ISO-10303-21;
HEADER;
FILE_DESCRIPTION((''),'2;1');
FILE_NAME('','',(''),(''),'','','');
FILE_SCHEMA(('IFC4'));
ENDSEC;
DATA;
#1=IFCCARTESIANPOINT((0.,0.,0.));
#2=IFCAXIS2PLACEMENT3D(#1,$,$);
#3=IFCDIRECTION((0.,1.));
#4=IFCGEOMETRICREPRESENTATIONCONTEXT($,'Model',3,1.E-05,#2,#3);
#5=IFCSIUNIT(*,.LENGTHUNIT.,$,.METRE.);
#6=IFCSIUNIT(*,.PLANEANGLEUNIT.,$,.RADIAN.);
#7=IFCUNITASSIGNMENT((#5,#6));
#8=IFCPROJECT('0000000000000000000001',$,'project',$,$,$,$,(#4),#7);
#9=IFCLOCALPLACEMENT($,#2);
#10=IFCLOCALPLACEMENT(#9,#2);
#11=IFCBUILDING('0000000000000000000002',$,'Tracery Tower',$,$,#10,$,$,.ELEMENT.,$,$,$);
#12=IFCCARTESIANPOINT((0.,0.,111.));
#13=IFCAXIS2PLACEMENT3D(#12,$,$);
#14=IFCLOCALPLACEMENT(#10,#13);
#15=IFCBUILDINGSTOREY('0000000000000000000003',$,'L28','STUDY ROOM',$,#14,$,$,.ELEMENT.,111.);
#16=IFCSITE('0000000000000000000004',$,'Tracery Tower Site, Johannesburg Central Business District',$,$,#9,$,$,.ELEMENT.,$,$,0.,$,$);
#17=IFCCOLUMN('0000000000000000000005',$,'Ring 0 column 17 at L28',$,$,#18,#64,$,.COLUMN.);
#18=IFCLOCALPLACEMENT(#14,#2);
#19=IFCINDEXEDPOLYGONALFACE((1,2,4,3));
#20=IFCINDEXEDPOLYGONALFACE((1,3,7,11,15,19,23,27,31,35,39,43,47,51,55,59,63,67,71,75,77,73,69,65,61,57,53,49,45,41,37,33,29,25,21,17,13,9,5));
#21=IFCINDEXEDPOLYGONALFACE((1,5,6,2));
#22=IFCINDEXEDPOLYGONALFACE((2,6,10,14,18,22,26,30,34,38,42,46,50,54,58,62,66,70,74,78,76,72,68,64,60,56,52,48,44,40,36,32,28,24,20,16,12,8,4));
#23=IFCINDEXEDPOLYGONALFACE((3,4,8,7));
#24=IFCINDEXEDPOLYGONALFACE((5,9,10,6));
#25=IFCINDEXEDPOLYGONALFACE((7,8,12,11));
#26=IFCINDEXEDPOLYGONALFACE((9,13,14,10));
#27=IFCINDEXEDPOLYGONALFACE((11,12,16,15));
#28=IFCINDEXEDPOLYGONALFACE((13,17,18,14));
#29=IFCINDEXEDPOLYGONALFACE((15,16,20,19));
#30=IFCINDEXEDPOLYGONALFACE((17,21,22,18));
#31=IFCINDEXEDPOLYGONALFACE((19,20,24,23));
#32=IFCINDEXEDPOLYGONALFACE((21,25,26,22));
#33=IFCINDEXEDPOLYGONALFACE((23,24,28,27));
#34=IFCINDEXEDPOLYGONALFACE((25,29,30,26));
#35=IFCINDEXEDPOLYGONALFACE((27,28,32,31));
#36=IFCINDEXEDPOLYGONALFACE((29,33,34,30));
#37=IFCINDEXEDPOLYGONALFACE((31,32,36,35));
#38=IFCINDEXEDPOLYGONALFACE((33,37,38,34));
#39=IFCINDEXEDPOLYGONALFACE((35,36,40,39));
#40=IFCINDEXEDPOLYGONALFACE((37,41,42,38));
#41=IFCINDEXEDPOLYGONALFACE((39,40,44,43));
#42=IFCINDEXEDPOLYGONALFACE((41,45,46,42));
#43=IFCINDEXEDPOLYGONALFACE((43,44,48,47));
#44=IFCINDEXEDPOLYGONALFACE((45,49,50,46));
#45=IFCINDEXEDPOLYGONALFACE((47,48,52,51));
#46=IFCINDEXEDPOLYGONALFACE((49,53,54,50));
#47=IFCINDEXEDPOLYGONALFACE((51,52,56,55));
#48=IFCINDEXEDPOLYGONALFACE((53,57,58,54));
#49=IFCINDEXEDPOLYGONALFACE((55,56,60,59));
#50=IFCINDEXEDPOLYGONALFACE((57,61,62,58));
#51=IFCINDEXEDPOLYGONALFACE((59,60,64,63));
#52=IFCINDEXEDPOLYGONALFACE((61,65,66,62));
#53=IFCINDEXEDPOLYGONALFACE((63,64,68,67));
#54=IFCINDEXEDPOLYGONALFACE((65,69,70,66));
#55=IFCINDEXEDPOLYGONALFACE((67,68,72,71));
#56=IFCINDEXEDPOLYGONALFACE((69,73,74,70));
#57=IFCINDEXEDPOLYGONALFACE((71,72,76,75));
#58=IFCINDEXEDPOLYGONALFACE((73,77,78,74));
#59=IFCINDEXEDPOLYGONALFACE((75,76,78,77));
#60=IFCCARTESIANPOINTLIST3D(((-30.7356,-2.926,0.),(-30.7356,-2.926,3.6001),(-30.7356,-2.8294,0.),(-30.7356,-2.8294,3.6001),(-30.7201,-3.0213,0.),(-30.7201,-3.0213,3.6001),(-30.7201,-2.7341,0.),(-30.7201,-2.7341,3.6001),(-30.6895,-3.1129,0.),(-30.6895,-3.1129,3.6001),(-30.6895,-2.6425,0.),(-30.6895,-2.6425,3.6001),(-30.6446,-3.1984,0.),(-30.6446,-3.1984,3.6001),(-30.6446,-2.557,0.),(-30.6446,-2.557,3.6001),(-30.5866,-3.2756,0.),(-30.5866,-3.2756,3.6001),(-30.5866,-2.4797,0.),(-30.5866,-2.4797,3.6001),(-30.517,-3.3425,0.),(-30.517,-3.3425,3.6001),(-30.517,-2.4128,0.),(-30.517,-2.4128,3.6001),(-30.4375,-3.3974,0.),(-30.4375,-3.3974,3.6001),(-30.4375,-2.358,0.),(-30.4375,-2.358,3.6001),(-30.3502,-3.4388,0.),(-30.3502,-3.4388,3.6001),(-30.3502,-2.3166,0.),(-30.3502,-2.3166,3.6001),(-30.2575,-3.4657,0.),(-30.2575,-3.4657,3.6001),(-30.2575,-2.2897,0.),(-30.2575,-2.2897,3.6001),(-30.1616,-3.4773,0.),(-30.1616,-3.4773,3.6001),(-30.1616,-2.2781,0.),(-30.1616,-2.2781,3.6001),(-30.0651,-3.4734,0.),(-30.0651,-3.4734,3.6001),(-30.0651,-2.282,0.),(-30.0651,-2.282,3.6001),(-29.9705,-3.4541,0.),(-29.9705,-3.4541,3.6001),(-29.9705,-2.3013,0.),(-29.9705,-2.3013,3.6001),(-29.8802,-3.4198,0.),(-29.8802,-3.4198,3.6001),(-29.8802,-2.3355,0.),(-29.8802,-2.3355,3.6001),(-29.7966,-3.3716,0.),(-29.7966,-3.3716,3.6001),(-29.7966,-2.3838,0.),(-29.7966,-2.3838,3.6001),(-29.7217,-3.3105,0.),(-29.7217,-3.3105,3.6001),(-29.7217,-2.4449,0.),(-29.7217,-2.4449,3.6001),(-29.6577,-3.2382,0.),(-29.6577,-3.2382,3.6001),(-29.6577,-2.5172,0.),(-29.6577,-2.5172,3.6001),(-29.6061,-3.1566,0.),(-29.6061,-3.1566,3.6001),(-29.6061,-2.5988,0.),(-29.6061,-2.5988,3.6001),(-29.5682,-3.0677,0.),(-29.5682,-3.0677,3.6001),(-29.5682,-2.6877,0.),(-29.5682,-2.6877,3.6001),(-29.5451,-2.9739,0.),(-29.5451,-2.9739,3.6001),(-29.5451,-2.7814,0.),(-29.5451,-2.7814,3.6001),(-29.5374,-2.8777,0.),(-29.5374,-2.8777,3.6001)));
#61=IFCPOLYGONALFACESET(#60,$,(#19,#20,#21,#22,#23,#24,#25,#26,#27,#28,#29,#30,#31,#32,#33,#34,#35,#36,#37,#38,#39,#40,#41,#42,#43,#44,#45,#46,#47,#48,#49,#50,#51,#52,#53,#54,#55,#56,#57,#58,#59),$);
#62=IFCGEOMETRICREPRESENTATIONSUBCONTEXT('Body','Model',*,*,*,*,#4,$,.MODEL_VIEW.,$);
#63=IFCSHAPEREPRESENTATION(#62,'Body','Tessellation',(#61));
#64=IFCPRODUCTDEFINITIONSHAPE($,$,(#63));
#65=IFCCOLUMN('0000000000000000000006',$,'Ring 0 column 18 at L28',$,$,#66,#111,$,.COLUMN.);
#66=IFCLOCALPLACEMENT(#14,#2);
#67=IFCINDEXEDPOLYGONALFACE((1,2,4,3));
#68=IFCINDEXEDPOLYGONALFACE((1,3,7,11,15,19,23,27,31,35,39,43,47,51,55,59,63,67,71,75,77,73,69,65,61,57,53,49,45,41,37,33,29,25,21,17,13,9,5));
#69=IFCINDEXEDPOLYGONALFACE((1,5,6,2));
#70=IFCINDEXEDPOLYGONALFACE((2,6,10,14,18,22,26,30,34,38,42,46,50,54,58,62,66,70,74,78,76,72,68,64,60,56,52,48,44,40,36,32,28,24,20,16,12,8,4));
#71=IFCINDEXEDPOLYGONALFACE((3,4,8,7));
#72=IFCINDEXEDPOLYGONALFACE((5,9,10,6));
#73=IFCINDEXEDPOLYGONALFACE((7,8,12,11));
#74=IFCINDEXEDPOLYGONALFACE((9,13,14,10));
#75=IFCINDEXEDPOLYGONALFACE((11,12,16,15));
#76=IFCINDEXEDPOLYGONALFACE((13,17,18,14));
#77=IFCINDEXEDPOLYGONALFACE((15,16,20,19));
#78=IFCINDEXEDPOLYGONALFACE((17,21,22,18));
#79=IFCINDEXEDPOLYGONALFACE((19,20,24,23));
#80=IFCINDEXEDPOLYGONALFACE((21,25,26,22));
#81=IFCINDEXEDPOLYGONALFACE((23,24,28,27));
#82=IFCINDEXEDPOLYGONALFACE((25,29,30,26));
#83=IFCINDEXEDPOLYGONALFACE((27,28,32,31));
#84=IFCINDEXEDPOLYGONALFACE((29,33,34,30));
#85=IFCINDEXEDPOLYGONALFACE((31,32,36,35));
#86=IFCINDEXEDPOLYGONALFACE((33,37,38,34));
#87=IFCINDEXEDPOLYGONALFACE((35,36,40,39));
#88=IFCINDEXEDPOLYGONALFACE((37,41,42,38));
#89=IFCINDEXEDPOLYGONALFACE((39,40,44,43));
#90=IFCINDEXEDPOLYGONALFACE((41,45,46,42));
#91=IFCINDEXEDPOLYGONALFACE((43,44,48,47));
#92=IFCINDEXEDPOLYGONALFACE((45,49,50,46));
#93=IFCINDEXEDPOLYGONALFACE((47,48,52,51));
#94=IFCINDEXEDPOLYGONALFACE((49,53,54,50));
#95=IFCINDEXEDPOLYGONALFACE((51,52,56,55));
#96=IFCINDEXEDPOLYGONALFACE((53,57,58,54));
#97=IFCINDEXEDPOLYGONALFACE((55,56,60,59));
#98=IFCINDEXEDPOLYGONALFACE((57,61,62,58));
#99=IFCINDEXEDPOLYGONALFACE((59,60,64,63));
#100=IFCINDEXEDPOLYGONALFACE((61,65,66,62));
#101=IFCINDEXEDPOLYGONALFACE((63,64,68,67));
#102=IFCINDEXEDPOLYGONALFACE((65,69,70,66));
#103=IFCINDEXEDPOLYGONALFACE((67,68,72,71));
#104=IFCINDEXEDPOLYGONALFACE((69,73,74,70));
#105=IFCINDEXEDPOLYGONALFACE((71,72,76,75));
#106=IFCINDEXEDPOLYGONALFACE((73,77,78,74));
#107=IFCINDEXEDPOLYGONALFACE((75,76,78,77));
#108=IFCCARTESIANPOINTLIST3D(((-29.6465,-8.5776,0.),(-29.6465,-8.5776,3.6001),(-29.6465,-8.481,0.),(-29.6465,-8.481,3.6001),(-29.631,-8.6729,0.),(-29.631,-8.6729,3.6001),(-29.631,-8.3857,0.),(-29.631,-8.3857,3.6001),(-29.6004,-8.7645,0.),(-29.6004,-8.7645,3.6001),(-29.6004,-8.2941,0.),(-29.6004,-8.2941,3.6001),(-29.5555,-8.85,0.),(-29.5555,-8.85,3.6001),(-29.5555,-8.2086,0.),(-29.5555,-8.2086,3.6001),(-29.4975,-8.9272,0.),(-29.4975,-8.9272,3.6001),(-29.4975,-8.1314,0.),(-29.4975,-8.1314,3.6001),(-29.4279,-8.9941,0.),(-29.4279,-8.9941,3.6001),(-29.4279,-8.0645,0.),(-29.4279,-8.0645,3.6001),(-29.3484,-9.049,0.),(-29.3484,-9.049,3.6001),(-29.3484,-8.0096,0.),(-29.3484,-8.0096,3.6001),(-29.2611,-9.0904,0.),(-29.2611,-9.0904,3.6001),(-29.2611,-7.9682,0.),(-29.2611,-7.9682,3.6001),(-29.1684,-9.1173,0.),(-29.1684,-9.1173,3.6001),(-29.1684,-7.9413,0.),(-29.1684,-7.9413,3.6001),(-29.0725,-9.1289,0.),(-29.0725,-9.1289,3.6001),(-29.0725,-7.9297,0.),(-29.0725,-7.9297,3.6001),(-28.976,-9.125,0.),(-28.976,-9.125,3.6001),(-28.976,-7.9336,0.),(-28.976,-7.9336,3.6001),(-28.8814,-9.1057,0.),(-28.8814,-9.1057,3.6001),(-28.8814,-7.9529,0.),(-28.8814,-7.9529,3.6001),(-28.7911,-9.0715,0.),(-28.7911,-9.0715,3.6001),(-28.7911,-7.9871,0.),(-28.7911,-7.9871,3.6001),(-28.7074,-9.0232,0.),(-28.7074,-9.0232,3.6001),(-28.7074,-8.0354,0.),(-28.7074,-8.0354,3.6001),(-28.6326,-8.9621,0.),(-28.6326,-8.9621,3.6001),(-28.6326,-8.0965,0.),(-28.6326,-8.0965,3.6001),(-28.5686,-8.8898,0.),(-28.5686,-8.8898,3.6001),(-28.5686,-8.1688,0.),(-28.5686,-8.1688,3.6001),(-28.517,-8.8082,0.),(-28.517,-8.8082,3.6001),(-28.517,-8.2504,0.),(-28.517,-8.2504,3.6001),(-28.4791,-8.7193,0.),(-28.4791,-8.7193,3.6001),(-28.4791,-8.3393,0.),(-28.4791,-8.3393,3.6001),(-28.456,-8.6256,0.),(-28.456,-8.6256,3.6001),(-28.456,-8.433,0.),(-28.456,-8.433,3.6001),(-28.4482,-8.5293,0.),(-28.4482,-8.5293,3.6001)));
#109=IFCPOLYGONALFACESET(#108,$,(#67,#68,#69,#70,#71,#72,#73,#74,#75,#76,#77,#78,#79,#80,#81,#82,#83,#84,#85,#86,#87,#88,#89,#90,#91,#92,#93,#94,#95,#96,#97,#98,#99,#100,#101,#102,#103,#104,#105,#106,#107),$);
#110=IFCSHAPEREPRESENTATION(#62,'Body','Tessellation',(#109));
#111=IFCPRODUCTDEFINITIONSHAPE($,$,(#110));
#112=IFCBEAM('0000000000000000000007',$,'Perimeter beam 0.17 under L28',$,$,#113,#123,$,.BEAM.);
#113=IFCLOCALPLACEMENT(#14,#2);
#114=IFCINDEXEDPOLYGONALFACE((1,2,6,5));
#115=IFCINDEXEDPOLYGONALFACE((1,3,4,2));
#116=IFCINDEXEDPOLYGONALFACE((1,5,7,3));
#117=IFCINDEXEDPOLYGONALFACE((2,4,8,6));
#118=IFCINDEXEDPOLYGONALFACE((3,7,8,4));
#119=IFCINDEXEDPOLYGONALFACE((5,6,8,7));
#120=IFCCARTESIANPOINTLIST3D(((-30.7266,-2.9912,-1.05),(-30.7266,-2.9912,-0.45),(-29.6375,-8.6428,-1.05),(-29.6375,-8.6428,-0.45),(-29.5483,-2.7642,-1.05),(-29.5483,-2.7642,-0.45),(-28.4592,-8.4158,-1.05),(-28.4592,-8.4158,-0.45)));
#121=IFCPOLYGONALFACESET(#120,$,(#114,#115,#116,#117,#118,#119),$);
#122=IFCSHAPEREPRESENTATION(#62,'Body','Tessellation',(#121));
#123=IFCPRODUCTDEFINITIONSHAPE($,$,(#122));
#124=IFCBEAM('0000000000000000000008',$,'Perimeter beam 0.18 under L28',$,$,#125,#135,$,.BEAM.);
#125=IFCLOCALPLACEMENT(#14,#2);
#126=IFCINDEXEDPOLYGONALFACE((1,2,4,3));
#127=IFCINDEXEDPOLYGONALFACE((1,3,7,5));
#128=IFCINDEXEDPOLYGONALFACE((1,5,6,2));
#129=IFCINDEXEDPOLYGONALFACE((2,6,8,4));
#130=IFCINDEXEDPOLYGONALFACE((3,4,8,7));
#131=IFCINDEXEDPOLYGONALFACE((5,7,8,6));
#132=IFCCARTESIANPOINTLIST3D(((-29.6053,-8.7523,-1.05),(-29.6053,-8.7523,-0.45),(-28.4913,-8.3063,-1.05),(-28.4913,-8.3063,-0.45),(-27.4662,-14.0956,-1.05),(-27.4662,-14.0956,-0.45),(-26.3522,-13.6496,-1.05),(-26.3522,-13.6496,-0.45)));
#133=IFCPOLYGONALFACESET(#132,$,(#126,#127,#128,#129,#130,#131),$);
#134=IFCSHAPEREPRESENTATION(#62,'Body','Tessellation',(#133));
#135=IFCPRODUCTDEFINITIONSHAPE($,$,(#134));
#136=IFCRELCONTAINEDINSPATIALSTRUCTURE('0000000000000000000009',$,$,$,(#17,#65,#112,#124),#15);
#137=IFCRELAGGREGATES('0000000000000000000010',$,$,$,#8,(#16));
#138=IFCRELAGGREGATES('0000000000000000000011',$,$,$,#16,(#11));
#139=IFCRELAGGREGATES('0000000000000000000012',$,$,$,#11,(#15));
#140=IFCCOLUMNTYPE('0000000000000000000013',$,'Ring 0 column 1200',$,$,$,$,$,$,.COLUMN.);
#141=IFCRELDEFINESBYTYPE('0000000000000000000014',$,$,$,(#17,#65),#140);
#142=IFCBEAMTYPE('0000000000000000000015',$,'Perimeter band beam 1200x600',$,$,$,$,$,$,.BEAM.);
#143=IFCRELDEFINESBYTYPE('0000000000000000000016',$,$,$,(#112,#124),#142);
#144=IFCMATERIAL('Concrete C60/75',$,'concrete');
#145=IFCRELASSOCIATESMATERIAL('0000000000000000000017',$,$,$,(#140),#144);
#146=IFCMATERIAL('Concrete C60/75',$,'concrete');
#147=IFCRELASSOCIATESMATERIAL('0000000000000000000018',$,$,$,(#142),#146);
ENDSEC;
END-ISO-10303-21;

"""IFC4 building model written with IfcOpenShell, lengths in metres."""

from ifc_helpers import new_model, si_unit, direction, frame, origin, origin_2d, place, context, subcontext, project, spatial, rectangle, circle, extrude, material, material_profile, profile_set, type_object, element, save


model = new_model("IFC4")

# Units and contexts
model_context = context("Model", 3, precision=1e-05, world=origin(), true_north=direction((0.0, 1.0)))
body_context = subcontext(model_context, "Body", "Model", "MODEL_VIEW")
ifc_project = project(units=[si_unit("LENGTHUNIT", "METRE"), si_unit("PLANEANGLEUNIT", "RADIAN")], contexts=[model_context])

# Site, building, storey
site_placement = place(None, origin())
site = spatial("IfcSite", under=ifc_project, at=site_placement, Name="Tracery Tower Site, Johannesburg Central Business District", CompositionType="ELEMENT", RefElevation=0.0)
building_placement = place(site_placement, origin())
building = spatial("IfcBuilding", under=site, at=building_placement, Name="Tracery Tower", CompositionType="ELEMENT")
storey_placement = place(building_placement, frame((0.0, 0.0, 111.0)))
storey = spatial("IfcBuildingStorey", under=building, at=storey_placement, Name="L28", Description="STUDY ROOM", CompositionType="ELEMENT", Elevation=111.0)

# Columns
ifc_material_1 = material(Name="Concrete C60/75", Category="concrete")
ifc_material_profile_1 = material_profile(ifc_material_1, circle(Radius=0.6001, at=origin_2d()), Name="RC D1200")
ifc_profile_set_1 = profile_set([ifc_material_profile_1], Name="Concrete C60/75")
column_type = type_object("IfcColumnType", Name="Ring 0 column 1200", PredefinedType="COLUMN", material=ifc_profile_set_1)
for number, where, z_axis, x_axis, name in (
    (1, (-30.1375, -2.8777, 0.0), (0.0, 0.0, 1.0), (1.0, 0.0, 0.0), "Ring 0 column 17 at L28"),
    (2, (-29.0483, -8.5293, 0.0), (0.0, 0.0, 1.0), (1.0, 0.0, 0.0), "Ring 0 column 18 at L28"),
):
    element("IfcColumn", number, at=place(storey_placement, frame(where, z_axis=z_axis, x_axis=x_axis)), inside=storey, type_object=column_type, Name=name, PredefinedType="COLUMN", context=body_context, shape_type="SweptSolid", body=[
        extrude(circle(Radius=0.6001, at=origin_2d()), origin(), (0.0, 0.0, 1.0), 3.6001),
    ])

# Beams
ifc_material_2 = material(Name="Concrete C60/75", Category="concrete")
ifc_material_profile_2 = material_profile(ifc_material_2, rectangle(XDim=1.2, YDim=0.6001, at=origin_2d()), Name="RC 1200x600")
ifc_profile_set_2 = profile_set([ifc_material_profile_2], Name="Concrete C60/75")
beam_type = type_object("IfcBeamType", Name="Perimeter band beam 1200x600", PredefinedType="BEAM", material=ifc_profile_set_2)
for number, where, z_axis, x_axis, name in (
    (3, (-30.1375, -2.8777, -0.75), (0.189227, -0.981933, 0.0), (0.981933, 0.189227, 0.0), "Perimeter beam 0.17 under L28"),
    (4, (-29.0483, -8.5293, -0.75), (0.371669, -0.928365, 0.0), (0.928365, 0.371669, 0.0), "Perimeter beam 0.18 under L28"),
):
    element("IfcBeam", number, at=place(storey_placement, frame(where, z_axis=z_axis, x_axis=x_axis)), inside=storey, type_object=beam_type, Name=name, PredefinedType="BEAM", context=body_context, shape_type="SweptSolid", body=[
        extrude(rectangle(XDim=1.2, YDim=0.6001, at=origin_2d()), origin(), (0.0, 0.0, 1.0), 5.7556),
    ])

save(model, "model.ifc")
